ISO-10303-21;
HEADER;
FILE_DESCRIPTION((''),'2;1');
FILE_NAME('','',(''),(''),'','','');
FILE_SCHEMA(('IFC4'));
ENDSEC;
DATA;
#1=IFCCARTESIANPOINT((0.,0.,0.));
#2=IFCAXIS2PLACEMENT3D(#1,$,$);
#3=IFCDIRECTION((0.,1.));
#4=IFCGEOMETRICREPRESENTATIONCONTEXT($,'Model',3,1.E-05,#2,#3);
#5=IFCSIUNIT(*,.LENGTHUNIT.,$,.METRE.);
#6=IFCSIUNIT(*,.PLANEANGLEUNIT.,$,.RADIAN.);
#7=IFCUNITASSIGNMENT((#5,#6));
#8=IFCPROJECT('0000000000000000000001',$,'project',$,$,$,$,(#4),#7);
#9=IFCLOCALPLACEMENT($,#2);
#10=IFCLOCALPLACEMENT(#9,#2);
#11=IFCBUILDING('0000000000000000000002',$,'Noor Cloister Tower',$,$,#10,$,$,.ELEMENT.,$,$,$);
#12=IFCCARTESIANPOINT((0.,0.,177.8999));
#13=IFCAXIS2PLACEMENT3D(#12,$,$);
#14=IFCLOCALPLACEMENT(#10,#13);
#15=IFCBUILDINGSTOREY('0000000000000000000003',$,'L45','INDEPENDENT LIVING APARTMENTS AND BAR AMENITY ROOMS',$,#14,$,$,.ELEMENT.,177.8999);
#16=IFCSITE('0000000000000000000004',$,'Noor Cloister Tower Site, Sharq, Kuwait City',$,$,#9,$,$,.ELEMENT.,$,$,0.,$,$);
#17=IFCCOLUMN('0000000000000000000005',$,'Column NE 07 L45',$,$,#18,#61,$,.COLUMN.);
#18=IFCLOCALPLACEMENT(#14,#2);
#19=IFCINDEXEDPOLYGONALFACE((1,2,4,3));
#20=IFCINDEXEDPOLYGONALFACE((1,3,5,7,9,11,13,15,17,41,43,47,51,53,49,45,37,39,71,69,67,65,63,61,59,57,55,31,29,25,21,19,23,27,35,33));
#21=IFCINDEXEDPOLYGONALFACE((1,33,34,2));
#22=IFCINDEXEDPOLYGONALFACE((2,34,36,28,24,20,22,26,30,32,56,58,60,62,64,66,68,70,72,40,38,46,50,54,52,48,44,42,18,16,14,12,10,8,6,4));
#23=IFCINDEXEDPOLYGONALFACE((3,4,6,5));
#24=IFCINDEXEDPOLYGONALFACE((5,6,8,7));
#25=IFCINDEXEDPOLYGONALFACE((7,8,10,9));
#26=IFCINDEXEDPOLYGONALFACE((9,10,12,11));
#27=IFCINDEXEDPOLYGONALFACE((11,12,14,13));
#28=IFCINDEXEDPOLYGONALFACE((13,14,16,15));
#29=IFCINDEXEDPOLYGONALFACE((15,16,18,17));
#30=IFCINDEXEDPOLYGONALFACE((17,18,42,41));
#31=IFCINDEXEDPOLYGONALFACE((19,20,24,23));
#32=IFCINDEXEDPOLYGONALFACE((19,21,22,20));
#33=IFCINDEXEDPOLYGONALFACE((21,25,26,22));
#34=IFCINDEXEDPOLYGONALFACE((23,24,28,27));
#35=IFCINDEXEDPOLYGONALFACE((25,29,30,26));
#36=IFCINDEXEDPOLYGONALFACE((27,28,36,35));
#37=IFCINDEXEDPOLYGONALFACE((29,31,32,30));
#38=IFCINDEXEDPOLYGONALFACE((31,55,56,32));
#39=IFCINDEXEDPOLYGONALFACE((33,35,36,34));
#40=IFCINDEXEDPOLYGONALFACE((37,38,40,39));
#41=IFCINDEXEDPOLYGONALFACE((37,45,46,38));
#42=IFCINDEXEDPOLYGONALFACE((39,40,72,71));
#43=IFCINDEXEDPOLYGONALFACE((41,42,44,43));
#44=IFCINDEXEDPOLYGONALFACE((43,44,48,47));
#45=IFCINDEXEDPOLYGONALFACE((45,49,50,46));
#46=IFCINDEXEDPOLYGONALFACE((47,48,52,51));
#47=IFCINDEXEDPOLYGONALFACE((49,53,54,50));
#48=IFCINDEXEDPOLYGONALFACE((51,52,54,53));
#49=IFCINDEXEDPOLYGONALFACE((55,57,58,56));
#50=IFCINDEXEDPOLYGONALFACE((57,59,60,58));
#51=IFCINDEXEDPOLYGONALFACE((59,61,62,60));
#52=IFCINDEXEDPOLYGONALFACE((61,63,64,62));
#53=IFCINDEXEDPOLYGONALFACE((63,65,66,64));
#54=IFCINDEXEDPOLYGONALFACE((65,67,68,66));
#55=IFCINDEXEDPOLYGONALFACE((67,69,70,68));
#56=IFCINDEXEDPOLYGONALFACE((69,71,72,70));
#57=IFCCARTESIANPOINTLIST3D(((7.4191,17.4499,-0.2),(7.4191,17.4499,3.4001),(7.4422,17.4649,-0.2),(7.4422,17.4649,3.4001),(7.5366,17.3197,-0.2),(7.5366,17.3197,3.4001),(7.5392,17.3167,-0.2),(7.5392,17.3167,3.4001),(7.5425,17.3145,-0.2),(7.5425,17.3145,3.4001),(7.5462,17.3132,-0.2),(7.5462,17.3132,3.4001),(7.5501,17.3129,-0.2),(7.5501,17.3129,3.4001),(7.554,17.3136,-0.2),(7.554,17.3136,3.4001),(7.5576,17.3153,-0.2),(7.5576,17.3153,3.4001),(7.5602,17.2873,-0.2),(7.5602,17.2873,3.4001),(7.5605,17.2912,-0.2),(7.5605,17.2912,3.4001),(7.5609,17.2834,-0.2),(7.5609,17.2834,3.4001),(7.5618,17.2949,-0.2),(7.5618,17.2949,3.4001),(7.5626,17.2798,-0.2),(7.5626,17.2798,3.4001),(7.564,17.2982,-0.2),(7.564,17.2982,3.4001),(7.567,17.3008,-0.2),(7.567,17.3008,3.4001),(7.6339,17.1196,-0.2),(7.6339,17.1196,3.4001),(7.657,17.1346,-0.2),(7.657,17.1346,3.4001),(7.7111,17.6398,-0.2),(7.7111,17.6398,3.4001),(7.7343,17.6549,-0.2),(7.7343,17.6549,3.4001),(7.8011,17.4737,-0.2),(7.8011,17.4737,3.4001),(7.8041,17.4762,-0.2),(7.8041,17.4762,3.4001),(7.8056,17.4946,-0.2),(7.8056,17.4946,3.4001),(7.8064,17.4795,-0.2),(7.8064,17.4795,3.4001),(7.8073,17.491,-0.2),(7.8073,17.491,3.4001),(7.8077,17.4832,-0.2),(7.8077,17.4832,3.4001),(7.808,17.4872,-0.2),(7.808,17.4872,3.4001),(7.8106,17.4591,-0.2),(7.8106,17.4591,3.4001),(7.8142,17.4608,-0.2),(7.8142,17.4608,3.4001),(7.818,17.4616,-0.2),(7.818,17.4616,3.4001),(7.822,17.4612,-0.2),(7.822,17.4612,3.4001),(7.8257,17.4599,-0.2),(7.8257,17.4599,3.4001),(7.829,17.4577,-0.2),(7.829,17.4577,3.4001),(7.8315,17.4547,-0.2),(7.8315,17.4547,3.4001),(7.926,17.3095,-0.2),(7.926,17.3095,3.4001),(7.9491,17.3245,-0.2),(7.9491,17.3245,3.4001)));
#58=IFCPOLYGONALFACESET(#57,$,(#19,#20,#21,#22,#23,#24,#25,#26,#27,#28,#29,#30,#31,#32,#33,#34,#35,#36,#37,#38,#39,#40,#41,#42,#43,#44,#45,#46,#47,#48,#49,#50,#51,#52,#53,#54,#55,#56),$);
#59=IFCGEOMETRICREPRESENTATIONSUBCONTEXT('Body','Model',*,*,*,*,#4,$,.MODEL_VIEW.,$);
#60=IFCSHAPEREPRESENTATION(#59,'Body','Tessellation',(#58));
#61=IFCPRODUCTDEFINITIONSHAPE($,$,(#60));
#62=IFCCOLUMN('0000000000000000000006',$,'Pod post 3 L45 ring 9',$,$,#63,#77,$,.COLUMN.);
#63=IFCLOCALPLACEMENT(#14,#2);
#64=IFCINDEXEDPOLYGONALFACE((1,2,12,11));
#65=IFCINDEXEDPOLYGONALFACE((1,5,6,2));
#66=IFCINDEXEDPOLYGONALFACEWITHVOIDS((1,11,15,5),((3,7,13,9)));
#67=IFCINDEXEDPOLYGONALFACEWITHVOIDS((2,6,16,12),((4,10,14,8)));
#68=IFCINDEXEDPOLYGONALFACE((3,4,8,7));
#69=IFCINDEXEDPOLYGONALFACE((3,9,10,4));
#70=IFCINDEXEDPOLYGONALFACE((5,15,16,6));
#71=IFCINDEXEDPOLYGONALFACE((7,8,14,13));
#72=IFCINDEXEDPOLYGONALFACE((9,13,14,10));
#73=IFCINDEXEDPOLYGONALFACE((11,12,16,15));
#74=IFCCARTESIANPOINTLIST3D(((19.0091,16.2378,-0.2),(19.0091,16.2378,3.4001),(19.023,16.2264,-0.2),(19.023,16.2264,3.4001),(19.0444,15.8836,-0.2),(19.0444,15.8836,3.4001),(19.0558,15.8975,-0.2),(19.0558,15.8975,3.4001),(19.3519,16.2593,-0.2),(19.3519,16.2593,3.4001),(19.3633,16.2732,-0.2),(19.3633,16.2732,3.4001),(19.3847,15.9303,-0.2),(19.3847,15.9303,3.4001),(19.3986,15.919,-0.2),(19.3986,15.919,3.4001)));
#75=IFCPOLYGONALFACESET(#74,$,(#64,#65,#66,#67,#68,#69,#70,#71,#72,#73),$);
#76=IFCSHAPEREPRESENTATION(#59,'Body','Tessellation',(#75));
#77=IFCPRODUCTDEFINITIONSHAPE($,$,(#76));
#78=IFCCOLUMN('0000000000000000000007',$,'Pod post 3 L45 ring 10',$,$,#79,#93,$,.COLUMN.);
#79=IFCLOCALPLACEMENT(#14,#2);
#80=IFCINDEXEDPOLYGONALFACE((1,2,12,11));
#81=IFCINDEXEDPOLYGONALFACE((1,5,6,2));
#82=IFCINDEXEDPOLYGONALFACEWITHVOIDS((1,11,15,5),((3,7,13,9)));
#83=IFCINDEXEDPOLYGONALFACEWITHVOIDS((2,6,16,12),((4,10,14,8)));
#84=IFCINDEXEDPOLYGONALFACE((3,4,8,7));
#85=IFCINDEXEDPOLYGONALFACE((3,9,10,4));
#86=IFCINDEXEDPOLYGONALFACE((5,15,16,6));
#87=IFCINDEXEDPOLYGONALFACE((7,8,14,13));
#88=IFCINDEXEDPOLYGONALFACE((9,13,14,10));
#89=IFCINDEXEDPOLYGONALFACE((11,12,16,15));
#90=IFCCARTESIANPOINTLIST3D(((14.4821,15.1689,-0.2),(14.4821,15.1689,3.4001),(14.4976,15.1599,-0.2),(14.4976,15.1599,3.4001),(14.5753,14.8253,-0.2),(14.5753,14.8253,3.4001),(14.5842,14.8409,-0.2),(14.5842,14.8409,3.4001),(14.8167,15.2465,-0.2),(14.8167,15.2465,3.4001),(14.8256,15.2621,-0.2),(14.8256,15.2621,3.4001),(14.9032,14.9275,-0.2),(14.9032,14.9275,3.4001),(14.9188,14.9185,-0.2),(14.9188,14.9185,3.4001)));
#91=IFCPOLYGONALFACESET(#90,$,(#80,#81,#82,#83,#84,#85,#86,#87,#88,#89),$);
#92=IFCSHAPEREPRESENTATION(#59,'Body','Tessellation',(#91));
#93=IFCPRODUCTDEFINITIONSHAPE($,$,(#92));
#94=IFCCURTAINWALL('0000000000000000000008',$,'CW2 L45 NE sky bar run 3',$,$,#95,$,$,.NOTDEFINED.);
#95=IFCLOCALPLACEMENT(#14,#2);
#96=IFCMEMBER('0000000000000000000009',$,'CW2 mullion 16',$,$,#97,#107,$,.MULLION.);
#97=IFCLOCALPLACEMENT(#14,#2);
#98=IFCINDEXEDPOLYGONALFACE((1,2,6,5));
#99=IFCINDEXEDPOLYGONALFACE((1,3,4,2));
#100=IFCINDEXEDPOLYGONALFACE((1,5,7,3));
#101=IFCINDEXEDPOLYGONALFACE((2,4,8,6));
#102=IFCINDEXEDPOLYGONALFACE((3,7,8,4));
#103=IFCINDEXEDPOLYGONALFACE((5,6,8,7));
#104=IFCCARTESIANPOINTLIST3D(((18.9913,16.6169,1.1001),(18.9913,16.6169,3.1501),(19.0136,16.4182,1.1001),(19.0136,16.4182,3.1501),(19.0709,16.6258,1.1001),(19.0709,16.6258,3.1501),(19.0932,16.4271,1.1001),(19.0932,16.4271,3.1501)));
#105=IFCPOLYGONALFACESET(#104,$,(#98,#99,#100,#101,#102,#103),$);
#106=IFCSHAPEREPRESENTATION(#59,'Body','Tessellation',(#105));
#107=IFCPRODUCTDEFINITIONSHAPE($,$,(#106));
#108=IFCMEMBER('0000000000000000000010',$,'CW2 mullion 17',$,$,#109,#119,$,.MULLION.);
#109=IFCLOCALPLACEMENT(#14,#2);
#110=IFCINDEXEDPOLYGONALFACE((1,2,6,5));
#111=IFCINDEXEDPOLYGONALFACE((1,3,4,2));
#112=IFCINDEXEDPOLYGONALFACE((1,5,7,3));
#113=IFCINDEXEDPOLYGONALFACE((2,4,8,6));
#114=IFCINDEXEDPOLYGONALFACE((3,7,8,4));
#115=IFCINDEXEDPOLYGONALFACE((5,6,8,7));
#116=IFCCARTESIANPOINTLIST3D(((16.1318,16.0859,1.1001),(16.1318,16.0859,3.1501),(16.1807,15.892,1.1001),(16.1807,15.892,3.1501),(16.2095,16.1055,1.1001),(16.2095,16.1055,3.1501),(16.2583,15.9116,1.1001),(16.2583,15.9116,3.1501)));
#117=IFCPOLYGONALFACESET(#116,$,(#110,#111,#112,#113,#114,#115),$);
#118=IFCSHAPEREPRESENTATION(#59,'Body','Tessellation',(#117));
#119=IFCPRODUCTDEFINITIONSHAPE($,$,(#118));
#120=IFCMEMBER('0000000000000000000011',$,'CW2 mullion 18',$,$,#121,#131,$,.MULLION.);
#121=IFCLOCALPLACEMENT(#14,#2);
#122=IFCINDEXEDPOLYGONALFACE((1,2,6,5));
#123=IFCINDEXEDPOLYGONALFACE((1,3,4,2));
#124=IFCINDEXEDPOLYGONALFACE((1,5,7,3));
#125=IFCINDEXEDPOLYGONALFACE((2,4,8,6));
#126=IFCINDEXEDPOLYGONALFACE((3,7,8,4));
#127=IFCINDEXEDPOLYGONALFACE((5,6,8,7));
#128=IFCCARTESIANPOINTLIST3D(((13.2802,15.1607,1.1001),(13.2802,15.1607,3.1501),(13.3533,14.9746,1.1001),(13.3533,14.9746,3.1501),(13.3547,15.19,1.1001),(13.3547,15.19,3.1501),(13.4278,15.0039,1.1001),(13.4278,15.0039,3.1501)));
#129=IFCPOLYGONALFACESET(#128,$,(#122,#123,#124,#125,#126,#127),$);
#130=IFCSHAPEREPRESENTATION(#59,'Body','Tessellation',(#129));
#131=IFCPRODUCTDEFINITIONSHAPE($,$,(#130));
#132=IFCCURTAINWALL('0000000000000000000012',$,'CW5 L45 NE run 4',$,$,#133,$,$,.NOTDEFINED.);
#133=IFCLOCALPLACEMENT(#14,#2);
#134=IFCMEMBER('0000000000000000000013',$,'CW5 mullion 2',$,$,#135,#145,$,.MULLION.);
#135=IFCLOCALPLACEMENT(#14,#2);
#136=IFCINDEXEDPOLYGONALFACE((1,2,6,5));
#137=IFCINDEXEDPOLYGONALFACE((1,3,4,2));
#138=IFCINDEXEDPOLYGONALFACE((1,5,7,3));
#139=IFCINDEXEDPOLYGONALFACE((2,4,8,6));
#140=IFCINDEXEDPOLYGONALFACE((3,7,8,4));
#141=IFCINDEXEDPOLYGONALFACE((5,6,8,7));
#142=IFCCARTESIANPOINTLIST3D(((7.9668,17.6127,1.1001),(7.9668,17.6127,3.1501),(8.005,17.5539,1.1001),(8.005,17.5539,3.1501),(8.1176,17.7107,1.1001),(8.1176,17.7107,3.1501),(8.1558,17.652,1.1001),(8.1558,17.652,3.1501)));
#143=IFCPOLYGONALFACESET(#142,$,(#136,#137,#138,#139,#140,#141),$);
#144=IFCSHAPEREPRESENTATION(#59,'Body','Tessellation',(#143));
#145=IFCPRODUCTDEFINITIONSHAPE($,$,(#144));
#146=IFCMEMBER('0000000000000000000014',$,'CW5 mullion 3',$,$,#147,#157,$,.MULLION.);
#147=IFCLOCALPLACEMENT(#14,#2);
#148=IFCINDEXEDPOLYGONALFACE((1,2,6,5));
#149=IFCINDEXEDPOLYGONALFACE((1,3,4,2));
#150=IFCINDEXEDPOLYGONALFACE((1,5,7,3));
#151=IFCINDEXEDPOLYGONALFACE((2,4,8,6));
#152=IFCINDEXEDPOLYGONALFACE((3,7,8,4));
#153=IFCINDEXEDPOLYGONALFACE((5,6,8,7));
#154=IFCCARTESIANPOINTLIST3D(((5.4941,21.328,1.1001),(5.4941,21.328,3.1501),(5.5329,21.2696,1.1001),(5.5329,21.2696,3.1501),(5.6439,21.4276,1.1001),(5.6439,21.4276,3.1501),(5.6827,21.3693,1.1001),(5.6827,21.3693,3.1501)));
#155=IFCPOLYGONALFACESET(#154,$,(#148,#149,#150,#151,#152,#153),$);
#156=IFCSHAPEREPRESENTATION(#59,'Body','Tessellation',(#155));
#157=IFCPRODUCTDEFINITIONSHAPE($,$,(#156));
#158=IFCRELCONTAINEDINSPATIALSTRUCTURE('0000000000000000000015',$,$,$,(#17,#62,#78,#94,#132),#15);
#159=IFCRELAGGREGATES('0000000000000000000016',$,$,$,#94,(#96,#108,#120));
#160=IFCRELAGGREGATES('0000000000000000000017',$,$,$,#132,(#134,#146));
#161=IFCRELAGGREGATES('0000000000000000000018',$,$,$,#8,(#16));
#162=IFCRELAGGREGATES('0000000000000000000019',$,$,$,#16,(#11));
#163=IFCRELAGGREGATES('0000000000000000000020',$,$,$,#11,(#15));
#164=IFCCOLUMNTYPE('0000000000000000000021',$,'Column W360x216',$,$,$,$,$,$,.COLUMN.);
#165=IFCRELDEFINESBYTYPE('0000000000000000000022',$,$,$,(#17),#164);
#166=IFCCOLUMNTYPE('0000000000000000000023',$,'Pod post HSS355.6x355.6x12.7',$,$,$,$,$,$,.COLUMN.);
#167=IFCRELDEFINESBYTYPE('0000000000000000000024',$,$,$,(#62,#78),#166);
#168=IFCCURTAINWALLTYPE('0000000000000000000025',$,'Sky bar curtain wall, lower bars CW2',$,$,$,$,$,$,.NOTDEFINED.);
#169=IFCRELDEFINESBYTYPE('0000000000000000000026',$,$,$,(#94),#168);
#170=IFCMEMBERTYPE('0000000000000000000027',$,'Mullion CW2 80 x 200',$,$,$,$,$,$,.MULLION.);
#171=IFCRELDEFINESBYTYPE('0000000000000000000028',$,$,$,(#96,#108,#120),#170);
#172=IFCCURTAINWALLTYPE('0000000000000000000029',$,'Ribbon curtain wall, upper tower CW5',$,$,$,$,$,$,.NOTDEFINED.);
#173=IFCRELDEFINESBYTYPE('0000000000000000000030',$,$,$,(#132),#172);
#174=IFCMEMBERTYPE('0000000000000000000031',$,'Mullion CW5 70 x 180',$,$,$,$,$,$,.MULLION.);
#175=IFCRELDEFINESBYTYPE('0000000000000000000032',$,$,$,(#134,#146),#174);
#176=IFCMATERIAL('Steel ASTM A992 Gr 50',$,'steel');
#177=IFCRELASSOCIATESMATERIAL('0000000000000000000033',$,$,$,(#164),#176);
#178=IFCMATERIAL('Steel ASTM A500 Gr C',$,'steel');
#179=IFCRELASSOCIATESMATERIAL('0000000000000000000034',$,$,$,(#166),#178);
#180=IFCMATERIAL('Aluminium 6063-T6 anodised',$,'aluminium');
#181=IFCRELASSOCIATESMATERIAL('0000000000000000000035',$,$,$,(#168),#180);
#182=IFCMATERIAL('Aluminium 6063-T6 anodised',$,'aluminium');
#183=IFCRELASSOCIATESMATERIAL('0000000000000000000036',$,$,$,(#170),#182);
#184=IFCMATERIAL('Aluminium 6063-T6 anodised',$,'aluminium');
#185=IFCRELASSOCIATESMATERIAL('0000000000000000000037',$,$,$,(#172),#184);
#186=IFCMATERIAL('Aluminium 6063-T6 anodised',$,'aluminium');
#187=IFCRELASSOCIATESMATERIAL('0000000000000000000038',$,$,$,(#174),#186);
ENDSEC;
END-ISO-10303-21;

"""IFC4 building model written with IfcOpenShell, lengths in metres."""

from ifc_helpers import new_model, si_unit, direction, frame, origin, origin_2d, place, context, subcontext, project, spatial, rectangle, hollow_rectangle, i_section, extrude, material, material_profile, profile_set, type_object, element, aggregate, save


model = new_model("IFC4")

# Units and contexts
model_context = context("Model", 3, precision=1e-05, world=origin(), true_north=direction((0.0, 1.0)))
body_context = subcontext(model_context, "Body", "Model", "MODEL_VIEW")
ifc_project = project(units=[si_unit("LENGTHUNIT", "METRE"), si_unit("PLANEANGLEUNIT", "RADIAN")], contexts=[model_context])

# Site, building, storey
site_placement = place(None, origin())
site = spatial("IfcSite", under=ifc_project, at=site_placement, Name="Noor Cloister Tower Site, Sharq, Kuwait City", CompositionType="ELEMENT", RefElevation=0.0)
building_placement = place(site_placement, origin())
building = spatial("IfcBuilding", under=site, at=building_placement, Name="Noor Cloister Tower", CompositionType="ELEMENT")
storey_placement = place(building_placement, frame((0.0, 0.0, 177.8999)))
storey = spatial("IfcBuildingStorey", under=building, at=storey_placement, Name="L45", Description="INDEPENDENT LIVING APARTMENTS AND BAR AMENITY ROOMS", CompositionType="ELEMENT", Elevation=177.8999)

# Columns
ifc_material_1 = material(Name="Steel ASTM A992 Gr 50", Category="steel")
ifc_material_profile_1 = material_profile(ifc_material_1, i_section(OverallWidth=0.394, OverallDepth=0.376, WebThickness=0.0173, FlangeThickness=0.0276, FilletRadius=0.0151, at=origin_2d()), Name="W360x216")
ifc_profile_set_1 = profile_set([ifc_material_profile_1], Name="Steel ASTM A992 Gr 50")
column_type_1 = type_object("IfcColumnType", Name="Column W360x216", PredefinedType="COLUMN", material=ifc_profile_set_1)
column_placement = place(storey_placement, frame((7.6841, 17.3872, -0.2), z_axis=(0.0, 0.0, 1.0), x_axis=(-0.545137, 0.838347, 0.0)))
element("IfcColumn", 1, at=column_placement, inside=storey, type_object=column_type_1, Name="Column NE 07 L45", PredefinedType="COLUMN", context=body_context, shape_type="SweptSolid", body=[
    extrude(i_section(OverallWidth=0.394, OverallDepth=0.376, WebThickness=0.0173, FlangeThickness=0.0276, FilletRadius=0.0151, at=origin_2d()), origin(), (0.0, 0.0, 1.0), 3.6001),
])
ifc_material_2 = material(Name="Steel ASTM A500 Gr C", Category="steel")
ifc_material_profile_2 = material_profile(ifc_material_2, hollow_rectangle(XDim=0.356, YDim=0.356, WallThickness=0.0127, at=origin_2d()), Name="HSS355.6x355.6x12.7")
ifc_profile_set_2 = profile_set([ifc_material_profile_2], Name="Steel ASTM A500 Gr C")
column_type_2 = type_object("IfcColumnType", Name="Pod post HSS355.6x355.6x12.7", PredefinedType="COLUMN", material=ifc_profile_set_2)
for number, where, z_axis, x_axis, name in (
    (2, (19.2039, 16.0784, -0.2), (0.0, 0.0, 1.0), (-0.99505, -0.099375, 0.0), "Pod post 3 L45 ring 9"),
    (3, (14.7004, 15.0437, -0.2), (0.0, 0.0, 1.0), (-0.965115, -0.261828, 0.0), "Pod post 3 L45 ring 10"),
):
    element("IfcColumn", number, at=place(storey_placement, frame(where, z_axis=z_axis, x_axis=x_axis)), inside=storey, type_object=column_type_2, Name=name, PredefinedType="COLUMN", context=body_context, shape_type="SweptSolid", body=[
        extrude(hollow_rectangle(XDim=0.356, YDim=0.356, WallThickness=0.0127, at=origin_2d()), origin(), (0.0, 0.0, 1.0), 3.6001),
    ])

# Curtain walls, members
ifc_material_3 = material(Name="Aluminium 6063-T6 anodised", Category="aluminium")
curtain_wall_type_1 = type_object("IfcCurtainWallType", Name="Sky bar curtain wall, lower bars CW2", PredefinedType="NOTDEFINED", material=ifc_material_3)
curtain_wall_1_placement = place(storey_placement, origin())
curtain_wall_1 = element("IfcCurtainWall", 4, at=curtain_wall_1_placement, inside=storey, type_object=curtain_wall_type_1, Name="CW2 L45 NE sky bar run 3", PredefinedType="NOTDEFINED")
ifc_material_4 = material(Name="Aluminium 6063-T6 anodised", Category="aluminium")
ifc_material_profile_3 = material_profile(ifc_material_4, rectangle(XDim=0.2, YDim=0.0801, at=origin_2d()), Name="200 x 80 mullion")
ifc_profile_set_3 = profile_set([ifc_material_profile_3], Name="Aluminium 6063-T6 anodised")
member_type_1 = type_object("IfcMemberType", Name="Mullion CW2 80 x 200", PredefinedType="MULLION", material=ifc_profile_set_3)
member_1_placement = place(storey_placement, frame((19.0422, 16.522, 1.1001), z_axis=(0.0, 0.0, 1.0), x_axis=(0.111408, -0.993775, 0.0)))
member_1 = element("IfcMember", 5, at=member_1_placement, type_object=member_type_1, Name="CW2 mullion 16", PredefinedType="MULLION", context=body_context, shape_type="SweptSolid", body=[
    extrude(rectangle(XDim=0.2, YDim=0.0801, at=origin_2d()), origin(), (0.0, 0.0, 1.0), 2.05),
])
member_2_placement = place(storey_placement, frame((16.1951, 15.9988, 1.1001), z_axis=(0.0, 0.0, 1.0), x_axis=(0.24441, -0.969672, 0.0)))
member_2 = element("IfcMember", 6, at=member_2_placement, type_object=member_type_1, Name="CW2 mullion 17", PredefinedType="MULLION", context=body_context, shape_type="SweptSolid", body=[
    extrude(rectangle(XDim=0.2, YDim=0.0801, at=origin_2d()), origin(), (0.0, 0.0, 1.0), 2.05),
])
member_3_placement = place(storey_placement, frame((13.354, 15.0823, 1.1001), z_axis=(0.0, 0.0, 1.0), x_axis=(0.365533, -0.930798, 0.0)))
member_3 = element("IfcMember", 7, at=member_3_placement, type_object=member_type_1, Name="CW2 mullion 18", PredefinedType="MULLION", context=body_context, shape_type="SweptSolid", body=[
    extrude(rectangle(XDim=0.2, YDim=0.0801, at=origin_2d()), origin(), (0.0, 0.0, 1.0), 2.05),
])
ifc_material_5 = material(Name="Aluminium 6063-T6 anodised", Category="aluminium")
curtain_wall_type_2 = type_object("IfcCurtainWallType", Name="Ribbon curtain wall, upper tower CW5", PredefinedType="NOTDEFINED", material=ifc_material_5)
curtain_wall_2_placement = place(storey_placement, origin())
curtain_wall_2 = element("IfcCurtainWall", 8, at=curtain_wall_2_placement, inside=storey, type_object=curtain_wall_type_2, Name="CW5 L45 NE run 4", PredefinedType="NOTDEFINED")
ifc_material_6 = material(Name="Aluminium 6063-T6 anodised", Category="aluminium")
ifc_material_profile_4 = material_profile(ifc_material_6, rectangle(XDim=0.1799, YDim=0.0701, at=origin_2d()), Name="180 x 70 mullion")
ifc_profile_set_4 = profile_set([ifc_material_profile_4], Name="Aluminium 6063-T6 anodised")
member_type_2 = type_object("IfcMemberType", Name="Mullion CW5 70 x 180", PredefinedType="MULLION", material=ifc_profile_set_4)
member_4_placement = place(storey_placement, frame((8.0613, 17.6323, 1.1001), z_axis=(0.0, 0.0, 1.0), x_axis=(-0.838347, -0.545137, 0.0)))
member_4 = element("IfcMember", 9, at=member_4_placement, type_object=member_type_2, Name="CW5 mullion 2", PredefinedType="MULLION", context=body_context, shape_type="SweptSolid", body=[
    extrude(rectangle(XDim=0.1799, YDim=0.0701, at=origin_2d()), origin(), (0.0, 0.0, 1.0), 2.05),
])
member_5_placement = place(storey_placement, frame((5.5884, 21.3486, 1.1001), z_axis=(0.0, 0.0, 1.0), x_axis=(-0.832527, -0.553985, 0.0)))
member_5 = element("IfcMember", 10, at=member_5_placement, type_object=member_type_2, Name="CW5 mullion 3", PredefinedType="MULLION", context=body_context, shape_type="SweptSolid", body=[
    extrude(rectangle(XDim=0.1799, YDim=0.0701, at=origin_2d()), origin(), (0.0, 0.0, 1.0), 2.05),
])

aggregate(curtain_wall_1, [member_1, member_2, member_3])
aggregate(curtain_wall_2, [member_4, member_5])

save(model, "model.ifc")
